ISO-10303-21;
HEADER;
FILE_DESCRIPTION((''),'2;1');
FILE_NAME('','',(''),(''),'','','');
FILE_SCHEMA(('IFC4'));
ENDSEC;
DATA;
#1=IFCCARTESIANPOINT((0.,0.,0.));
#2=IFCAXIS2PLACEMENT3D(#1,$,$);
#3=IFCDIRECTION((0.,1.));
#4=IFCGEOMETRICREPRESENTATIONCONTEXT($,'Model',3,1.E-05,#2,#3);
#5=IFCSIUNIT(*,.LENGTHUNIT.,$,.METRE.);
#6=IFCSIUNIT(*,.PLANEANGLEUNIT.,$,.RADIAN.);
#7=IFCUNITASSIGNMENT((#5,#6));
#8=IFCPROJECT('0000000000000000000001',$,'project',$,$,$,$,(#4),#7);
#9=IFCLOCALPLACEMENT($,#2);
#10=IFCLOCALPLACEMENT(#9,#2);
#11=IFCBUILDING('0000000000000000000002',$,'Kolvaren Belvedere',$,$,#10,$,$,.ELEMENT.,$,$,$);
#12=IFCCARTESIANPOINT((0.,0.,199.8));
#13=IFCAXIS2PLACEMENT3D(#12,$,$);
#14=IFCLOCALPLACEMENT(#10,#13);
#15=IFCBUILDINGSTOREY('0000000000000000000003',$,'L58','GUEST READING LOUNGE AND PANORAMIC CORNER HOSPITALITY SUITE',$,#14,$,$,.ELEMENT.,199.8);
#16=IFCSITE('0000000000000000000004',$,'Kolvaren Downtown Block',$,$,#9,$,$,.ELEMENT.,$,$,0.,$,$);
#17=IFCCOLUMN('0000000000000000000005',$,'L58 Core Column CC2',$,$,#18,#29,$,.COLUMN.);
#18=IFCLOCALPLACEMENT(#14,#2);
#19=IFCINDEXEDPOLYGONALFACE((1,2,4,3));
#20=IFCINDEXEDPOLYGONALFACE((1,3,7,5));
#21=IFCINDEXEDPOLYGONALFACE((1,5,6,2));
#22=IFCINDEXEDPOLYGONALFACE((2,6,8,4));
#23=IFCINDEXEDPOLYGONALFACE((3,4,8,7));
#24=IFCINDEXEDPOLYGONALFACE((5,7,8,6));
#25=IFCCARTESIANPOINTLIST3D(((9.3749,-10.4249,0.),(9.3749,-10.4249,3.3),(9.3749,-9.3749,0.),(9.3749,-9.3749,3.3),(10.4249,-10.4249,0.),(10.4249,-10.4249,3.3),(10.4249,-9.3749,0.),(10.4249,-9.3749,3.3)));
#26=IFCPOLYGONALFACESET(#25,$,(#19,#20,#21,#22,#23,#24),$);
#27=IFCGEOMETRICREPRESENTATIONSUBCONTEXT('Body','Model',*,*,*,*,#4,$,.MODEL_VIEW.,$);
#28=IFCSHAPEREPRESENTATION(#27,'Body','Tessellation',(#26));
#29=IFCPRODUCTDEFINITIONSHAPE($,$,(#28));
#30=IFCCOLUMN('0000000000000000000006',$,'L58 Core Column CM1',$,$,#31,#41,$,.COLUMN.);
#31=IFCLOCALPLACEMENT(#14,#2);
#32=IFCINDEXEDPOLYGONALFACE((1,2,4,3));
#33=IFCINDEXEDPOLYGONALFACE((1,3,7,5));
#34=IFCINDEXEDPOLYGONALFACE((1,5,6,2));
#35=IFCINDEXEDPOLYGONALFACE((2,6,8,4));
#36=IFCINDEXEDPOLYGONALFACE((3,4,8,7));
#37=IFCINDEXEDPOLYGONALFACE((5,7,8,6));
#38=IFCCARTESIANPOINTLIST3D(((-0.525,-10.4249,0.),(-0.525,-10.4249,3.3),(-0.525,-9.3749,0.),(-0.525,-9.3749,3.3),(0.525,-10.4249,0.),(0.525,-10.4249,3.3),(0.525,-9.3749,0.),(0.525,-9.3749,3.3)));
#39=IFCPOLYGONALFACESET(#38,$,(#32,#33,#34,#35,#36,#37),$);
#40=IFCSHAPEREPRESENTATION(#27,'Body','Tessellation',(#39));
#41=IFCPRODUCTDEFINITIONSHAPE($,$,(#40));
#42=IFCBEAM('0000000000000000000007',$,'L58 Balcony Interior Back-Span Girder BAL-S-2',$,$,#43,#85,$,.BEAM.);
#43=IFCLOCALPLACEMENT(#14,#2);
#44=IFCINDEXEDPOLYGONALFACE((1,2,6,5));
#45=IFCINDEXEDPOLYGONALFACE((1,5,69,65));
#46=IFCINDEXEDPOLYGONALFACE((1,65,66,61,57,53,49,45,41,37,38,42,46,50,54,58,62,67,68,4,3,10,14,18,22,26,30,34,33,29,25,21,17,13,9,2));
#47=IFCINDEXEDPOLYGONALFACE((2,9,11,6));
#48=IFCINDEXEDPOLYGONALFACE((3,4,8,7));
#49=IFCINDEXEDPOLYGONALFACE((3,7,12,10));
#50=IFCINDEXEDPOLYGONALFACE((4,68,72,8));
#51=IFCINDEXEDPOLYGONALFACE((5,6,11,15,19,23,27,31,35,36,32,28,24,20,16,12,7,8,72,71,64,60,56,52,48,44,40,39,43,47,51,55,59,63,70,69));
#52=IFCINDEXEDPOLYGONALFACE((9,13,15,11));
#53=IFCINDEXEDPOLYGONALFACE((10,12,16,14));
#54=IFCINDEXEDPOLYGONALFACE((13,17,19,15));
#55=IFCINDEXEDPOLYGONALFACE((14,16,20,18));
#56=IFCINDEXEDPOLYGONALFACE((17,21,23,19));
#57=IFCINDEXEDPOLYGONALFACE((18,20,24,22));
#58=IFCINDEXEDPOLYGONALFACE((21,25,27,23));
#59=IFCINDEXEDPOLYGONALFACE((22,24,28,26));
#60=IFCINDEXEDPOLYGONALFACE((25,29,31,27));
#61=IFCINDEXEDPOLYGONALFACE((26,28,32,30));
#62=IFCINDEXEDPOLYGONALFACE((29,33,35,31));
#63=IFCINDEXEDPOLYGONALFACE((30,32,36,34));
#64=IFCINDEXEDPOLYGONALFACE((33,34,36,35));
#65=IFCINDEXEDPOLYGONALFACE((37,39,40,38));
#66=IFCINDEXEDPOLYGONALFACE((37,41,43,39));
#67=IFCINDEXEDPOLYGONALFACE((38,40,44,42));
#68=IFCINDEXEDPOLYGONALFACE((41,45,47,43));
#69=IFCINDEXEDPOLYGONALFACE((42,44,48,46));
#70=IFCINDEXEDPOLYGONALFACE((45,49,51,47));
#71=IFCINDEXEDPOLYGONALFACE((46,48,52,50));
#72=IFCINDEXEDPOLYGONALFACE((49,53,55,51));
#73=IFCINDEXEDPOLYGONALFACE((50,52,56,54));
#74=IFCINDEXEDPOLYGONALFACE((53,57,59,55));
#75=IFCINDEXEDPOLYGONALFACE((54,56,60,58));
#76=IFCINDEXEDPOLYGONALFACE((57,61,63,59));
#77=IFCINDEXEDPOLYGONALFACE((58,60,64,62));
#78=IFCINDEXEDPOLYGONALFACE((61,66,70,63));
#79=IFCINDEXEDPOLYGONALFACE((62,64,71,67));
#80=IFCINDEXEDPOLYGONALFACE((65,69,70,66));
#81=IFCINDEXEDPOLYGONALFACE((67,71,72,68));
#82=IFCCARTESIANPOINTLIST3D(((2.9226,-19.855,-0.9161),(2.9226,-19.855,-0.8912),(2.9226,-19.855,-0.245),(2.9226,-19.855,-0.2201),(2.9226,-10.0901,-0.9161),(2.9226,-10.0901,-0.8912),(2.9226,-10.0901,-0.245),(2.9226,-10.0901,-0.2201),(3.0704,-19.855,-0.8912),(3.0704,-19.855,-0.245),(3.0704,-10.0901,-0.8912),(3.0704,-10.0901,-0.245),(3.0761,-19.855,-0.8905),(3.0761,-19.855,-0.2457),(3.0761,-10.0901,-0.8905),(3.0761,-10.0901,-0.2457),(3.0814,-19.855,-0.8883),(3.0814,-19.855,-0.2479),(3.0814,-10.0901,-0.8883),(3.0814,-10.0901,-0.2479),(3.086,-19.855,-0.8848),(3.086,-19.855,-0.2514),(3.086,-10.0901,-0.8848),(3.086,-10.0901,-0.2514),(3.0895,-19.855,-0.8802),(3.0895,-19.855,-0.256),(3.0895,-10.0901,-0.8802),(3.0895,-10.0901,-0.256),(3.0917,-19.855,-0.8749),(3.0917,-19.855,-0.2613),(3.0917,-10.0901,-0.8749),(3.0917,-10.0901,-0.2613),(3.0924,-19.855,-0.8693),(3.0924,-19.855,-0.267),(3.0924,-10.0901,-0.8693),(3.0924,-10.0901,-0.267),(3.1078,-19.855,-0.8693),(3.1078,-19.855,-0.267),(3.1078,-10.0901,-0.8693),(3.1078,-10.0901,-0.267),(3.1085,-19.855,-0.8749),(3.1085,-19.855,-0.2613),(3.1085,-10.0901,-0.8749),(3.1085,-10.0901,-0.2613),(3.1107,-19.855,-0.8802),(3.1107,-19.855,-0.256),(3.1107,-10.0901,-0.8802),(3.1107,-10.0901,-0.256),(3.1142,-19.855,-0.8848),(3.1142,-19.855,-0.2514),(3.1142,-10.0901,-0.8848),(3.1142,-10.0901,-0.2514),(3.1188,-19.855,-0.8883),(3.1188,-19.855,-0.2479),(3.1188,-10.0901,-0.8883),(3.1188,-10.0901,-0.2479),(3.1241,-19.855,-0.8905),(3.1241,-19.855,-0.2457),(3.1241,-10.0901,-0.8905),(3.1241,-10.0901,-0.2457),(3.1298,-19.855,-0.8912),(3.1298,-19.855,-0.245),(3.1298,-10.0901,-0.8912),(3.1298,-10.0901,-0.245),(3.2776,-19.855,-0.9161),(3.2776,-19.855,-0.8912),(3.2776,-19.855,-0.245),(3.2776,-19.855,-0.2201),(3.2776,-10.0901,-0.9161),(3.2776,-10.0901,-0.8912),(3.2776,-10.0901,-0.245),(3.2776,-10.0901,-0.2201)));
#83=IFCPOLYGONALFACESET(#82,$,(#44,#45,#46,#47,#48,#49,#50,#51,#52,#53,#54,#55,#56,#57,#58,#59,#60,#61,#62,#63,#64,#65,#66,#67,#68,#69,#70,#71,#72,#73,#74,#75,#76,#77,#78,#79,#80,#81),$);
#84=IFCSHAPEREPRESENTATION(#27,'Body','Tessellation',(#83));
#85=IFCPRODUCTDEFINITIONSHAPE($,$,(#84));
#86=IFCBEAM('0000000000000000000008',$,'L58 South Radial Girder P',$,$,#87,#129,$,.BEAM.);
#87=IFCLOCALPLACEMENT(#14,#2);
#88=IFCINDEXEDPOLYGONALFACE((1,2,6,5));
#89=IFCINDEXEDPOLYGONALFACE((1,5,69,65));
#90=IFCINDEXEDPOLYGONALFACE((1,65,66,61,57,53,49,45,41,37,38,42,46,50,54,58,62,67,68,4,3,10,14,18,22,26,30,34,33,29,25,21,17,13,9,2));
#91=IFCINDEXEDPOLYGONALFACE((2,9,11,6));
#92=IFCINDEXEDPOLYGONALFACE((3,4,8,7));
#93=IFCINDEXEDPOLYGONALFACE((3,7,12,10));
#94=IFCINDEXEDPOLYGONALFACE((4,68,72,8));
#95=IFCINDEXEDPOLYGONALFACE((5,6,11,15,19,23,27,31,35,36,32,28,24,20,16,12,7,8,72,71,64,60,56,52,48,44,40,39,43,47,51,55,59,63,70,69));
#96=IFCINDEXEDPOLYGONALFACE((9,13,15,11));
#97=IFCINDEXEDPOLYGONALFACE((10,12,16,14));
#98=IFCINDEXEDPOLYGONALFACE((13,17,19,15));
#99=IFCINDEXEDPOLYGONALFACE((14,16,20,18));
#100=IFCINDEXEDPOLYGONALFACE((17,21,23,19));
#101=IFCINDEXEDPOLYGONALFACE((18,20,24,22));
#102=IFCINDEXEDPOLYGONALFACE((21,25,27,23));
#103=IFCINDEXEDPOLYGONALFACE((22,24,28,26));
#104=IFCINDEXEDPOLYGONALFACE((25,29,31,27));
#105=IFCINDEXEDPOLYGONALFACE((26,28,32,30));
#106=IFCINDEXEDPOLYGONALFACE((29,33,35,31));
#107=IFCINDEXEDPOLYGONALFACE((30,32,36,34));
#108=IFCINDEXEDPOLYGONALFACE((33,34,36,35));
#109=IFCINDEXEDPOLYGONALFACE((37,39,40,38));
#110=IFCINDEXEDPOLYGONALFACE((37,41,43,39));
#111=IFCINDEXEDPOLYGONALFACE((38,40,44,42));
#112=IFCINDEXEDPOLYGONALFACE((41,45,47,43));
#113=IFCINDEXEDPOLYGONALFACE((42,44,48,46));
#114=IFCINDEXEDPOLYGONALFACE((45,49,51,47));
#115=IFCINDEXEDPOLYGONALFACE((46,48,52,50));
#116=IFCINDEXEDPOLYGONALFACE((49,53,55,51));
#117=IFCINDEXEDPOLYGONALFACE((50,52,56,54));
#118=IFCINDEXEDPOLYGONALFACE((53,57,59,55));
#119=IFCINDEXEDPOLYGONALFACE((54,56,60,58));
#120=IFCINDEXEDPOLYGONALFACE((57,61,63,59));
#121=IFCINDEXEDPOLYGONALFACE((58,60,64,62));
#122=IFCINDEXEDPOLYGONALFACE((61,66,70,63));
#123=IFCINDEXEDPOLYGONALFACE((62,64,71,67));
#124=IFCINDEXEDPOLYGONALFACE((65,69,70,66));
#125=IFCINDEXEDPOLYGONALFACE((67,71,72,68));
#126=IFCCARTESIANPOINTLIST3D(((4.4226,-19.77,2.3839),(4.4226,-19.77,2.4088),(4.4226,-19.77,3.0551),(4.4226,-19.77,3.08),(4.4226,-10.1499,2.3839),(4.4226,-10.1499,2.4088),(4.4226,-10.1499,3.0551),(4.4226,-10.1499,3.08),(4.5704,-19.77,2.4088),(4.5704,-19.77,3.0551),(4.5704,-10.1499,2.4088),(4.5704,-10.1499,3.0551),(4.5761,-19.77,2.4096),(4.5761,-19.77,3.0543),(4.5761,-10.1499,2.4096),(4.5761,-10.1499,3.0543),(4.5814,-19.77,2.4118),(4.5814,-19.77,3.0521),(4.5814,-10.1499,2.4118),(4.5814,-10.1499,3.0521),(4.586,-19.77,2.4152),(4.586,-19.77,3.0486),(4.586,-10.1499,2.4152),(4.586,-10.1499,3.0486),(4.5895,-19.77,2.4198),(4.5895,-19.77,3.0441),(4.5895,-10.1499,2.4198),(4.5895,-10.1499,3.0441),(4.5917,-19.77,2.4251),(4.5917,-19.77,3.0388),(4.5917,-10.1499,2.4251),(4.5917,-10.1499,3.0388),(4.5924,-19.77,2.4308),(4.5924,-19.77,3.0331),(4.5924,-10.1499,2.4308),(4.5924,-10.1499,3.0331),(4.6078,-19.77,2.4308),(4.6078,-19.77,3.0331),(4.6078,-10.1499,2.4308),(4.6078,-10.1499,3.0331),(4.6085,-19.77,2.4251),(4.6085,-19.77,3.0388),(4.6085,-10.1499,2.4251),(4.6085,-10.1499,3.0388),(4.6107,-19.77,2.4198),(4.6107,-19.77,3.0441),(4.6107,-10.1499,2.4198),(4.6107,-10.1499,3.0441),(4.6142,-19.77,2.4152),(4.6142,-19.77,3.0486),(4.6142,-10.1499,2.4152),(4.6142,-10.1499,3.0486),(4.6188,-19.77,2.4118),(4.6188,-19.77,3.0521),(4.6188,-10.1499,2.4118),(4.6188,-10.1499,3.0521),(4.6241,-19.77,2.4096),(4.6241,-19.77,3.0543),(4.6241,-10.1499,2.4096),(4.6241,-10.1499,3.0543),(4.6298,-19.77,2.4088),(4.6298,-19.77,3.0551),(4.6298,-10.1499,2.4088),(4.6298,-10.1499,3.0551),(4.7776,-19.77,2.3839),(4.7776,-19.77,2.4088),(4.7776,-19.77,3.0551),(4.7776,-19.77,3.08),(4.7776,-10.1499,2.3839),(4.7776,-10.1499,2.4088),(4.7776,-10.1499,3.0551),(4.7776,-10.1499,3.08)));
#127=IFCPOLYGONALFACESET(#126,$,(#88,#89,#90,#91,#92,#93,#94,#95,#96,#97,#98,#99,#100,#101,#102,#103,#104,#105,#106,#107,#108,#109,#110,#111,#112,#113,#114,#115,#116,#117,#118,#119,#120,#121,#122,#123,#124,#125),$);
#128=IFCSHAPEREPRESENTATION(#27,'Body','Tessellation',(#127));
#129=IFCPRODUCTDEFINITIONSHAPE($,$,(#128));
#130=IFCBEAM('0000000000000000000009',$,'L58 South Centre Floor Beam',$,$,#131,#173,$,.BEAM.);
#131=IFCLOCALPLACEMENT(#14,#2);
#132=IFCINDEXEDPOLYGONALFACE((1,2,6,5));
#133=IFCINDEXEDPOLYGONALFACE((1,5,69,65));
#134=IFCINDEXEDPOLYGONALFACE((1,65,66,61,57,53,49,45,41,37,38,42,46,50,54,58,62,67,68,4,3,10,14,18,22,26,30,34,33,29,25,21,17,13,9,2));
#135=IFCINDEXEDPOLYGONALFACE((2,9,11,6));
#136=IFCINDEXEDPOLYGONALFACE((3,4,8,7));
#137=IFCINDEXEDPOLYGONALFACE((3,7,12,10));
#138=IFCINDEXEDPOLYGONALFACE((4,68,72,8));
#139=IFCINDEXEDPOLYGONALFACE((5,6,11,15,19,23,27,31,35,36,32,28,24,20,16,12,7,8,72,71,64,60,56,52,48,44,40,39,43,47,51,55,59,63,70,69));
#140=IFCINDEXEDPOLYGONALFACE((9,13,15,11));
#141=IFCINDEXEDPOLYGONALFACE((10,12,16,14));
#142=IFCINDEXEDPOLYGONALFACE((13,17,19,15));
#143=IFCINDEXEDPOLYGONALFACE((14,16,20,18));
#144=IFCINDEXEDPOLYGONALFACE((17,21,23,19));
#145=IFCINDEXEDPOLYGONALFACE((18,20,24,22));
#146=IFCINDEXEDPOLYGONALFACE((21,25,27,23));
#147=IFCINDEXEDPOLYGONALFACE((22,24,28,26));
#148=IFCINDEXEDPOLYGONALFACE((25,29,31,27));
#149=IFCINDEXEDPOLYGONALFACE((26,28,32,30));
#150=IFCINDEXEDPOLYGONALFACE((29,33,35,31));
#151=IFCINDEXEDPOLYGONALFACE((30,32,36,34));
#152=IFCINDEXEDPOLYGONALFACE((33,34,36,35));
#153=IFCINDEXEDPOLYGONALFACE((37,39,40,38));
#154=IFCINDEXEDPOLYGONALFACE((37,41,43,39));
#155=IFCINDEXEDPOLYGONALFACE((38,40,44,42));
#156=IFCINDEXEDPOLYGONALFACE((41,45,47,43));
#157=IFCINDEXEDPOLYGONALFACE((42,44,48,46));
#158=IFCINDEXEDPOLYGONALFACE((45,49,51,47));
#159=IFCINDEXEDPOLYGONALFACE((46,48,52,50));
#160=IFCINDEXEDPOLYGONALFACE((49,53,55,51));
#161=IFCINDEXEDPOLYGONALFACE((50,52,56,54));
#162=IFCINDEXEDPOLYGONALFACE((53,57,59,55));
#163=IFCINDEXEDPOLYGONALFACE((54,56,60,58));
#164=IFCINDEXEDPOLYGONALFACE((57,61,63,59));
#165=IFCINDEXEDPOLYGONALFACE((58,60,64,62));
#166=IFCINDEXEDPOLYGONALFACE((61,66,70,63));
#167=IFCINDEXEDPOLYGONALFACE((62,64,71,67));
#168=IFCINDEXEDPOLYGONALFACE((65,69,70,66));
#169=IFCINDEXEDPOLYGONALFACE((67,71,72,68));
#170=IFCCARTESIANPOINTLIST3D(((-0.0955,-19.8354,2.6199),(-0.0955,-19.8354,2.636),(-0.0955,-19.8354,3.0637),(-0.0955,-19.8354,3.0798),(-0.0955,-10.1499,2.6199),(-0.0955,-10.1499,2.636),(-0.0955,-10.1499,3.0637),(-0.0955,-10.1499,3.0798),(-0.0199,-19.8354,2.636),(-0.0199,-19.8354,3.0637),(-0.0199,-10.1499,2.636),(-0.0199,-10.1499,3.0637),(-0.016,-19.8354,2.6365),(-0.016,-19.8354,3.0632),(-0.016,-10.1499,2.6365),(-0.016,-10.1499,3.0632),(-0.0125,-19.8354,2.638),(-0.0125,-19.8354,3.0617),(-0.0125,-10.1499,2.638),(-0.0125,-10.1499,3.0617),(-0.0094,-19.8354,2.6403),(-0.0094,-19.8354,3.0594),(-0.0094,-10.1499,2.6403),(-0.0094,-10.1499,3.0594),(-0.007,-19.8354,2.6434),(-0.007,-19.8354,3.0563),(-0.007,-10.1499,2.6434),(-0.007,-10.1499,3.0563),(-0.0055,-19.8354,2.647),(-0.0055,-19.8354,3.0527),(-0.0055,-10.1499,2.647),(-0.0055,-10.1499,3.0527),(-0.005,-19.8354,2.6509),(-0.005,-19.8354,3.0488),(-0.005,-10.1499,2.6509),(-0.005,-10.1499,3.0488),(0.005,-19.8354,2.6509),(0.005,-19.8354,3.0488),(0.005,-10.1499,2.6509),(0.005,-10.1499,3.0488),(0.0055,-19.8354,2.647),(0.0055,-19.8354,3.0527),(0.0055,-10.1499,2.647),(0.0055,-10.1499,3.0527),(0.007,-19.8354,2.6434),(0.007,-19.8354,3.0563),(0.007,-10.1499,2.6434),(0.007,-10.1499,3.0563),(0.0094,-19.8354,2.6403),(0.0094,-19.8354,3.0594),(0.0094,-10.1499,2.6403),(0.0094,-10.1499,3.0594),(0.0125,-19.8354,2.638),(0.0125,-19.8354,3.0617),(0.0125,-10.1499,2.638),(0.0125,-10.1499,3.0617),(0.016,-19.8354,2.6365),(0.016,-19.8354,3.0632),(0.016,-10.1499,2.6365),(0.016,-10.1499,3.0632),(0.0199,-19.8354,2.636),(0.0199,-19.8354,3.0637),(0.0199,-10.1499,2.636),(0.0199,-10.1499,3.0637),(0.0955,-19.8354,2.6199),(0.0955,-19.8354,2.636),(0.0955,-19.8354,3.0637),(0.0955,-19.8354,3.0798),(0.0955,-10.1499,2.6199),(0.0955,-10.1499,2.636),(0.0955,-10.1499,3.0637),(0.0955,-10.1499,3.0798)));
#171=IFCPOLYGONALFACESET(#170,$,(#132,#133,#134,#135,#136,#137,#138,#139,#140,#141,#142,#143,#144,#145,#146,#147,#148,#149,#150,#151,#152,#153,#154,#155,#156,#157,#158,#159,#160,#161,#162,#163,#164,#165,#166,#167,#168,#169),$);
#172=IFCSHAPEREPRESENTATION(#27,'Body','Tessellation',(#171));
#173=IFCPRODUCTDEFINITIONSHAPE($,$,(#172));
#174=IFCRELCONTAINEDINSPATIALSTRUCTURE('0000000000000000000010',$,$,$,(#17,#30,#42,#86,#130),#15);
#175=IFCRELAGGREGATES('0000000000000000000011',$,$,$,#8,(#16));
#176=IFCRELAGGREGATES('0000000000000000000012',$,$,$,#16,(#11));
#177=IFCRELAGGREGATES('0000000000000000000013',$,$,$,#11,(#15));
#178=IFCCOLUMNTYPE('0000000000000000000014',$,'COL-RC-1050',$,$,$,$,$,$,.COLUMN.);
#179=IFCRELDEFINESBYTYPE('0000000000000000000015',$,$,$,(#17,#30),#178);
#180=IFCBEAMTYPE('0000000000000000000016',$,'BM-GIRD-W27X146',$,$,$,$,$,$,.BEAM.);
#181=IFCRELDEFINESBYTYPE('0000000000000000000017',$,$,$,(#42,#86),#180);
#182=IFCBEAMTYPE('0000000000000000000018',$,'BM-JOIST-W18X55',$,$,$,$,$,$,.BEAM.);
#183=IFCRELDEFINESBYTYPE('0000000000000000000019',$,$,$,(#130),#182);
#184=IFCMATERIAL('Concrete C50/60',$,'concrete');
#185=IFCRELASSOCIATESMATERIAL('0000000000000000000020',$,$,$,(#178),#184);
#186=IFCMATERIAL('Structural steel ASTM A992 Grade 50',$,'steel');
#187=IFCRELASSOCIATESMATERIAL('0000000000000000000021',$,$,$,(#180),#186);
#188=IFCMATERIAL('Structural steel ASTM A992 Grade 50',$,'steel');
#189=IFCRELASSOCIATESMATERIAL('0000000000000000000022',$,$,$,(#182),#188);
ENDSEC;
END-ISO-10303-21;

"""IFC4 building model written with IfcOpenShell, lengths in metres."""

from ifc_helpers import new_model, si_unit, direction, frame, origin, origin_2d, place, context, subcontext, project, spatial, rectangle, i_section, extrude, material, material_profile, profile_set, type_object, element, save


model = new_model("IFC4")

# Units and contexts
model_context = context("Model", 3, precision=1e-05, world=origin(), true_north=direction((0.0, 1.0)))
body_context = subcontext(model_context, "Body", "Model", "MODEL_VIEW")
ifc_project = project(units=[si_unit("LENGTHUNIT", "METRE"), si_unit("PLANEANGLEUNIT", "RADIAN")], contexts=[model_context])

# Site, building, storey
site_placement = place(None, origin())
site = spatial("IfcSite", under=ifc_project, at=site_placement, Name="Kolvaren Downtown Block", CompositionType="ELEMENT", RefElevation=0.0)
building_placement = place(site_placement, origin())
building = spatial("IfcBuilding", under=site, at=building_placement, Name="Kolvaren Belvedere", CompositionType="ELEMENT")
storey_placement = place(building_placement, frame((0.0, 0.0, 199.8)))
storey = spatial("IfcBuildingStorey", under=building, at=storey_placement, Name="L58", Description="GUEST READING LOUNGE AND PANORAMIC CORNER HOSPITALITY SUITE", CompositionType="ELEMENT", Elevation=199.8)

# Columns
ifc_material_1 = material(Name="Concrete C50/60", Category="concrete")
ifc_material_profile_1 = material_profile(ifc_material_1, rectangle(XDim=1.05, YDim=1.05, at=origin_2d()), Name="RC 1050X1050")
ifc_profile_set_1 = profile_set([ifc_material_profile_1], Name="Concrete C50/60")
column_type = type_object("IfcColumnType", Name="COL-RC-1050", PredefinedType="COLUMN", material=ifc_profile_set_1)
for number, where, z_axis, x_axis, name in (
    (1, (9.8999, -9.8999, 0.0), (0.0, 0.0, 1.0), (1.0, 0.0, 0.0), "L58 Core Column CC2"),
    (2, (0.0, -9.8999, 0.0), (0.0, 0.0, 1.0), (1.0, 0.0, 0.0), "L58 Core Column CM1"),
):
    element("IfcColumn", number, at=place(storey_placement, frame(where, z_axis=z_axis, x_axis=x_axis)), inside=storey, type_object=column_type, Name=name, PredefinedType="COLUMN", context=body_context, shape_type="SweptSolid", body=[
        extrude(rectangle(XDim=1.05, YDim=1.05, at=origin_2d()), origin(), (0.0, 0.0, 1.0), 3.3),
    ])

# Beams
ifc_material_2 = material(Name="Structural steel ASTM A992 Grade 50", Category="steel")
ifc_material_profile_2 = material_profile(ifc_material_2, i_section(OverallWidth=0.355, OverallDepth=0.696, WebThickness=0.0154, FlangeThickness=0.0249, FilletRadius=0.022, at=origin_2d()), Name="W27X146")
ifc_profile_set_2 = profile_set([ifc_material_profile_2], Name="Structural steel ASTM A992 Grade 50")
beam_type_1 = type_object("IfcBeamType", Name="BM-GIRD-W27X146", PredefinedType="BEAM", material=ifc_profile_set_2)
beam_1_placement = place(storey_placement, frame((3.1001, -10.0901, -0.5681), z_axis=(0.0, -1.0, 0.0), x_axis=(1.0, 0.0, 0.0)))
element("IfcBeam", 3, at=beam_1_placement, inside=storey, type_object=beam_type_1, Name="L58 Balcony Interior Back-Span Girder BAL-S-2", PredefinedType="BEAM", context=body_context, shape_type="SweptSolid", body=[
    extrude(i_section(OverallWidth=0.355, OverallDepth=0.696, WebThickness=0.0154, FlangeThickness=0.0249, FilletRadius=0.022, at=origin_2d()), origin(), (0.0, 0.0, 1.0), 9.7649),
])
beam_2_placement = place(storey_placement, frame((4.6001, -10.1499, 2.7319), z_axis=(0.0, -1.0, 0.0), x_axis=(1.0, 0.0, 0.0)))
element("IfcBeam", 4, at=beam_2_placement, inside=storey, type_object=beam_type_1, Name="L58 South Radial Girder P", PredefinedType="BEAM", context=body_context, shape_type="SweptSolid", body=[
    extrude(i_section(OverallWidth=0.355, OverallDepth=0.696, WebThickness=0.0154, FlangeThickness=0.0249, FilletRadius=0.022, at=origin_2d()), origin(), (0.0, 0.0, 1.0), 9.6201),
])
ifc_material_3 = material(Name="Structural steel ASTM A992 Grade 50", Category="steel")
ifc_material_profile_3 = material_profile(ifc_material_3, i_section(OverallWidth=0.1909, OverallDepth=0.46, WebThickness=0.01, FlangeThickness=0.0161, FilletRadius=0.0149, at=origin_2d()), Name="W18X55")
ifc_profile_set_3 = profile_set([ifc_material_profile_3], Name="Structural steel ASTM A992 Grade 50")
beam_type_2 = type_object("IfcBeamType", Name="BM-JOIST-W18X55", PredefinedType="BEAM", material=ifc_profile_set_3)
beam_3_placement = place(storey_placement, frame((0.0, -10.1499, 2.8499), z_axis=(0.0, -1.0, 0.0), x_axis=(1.0, 0.0, 0.0)))
element("IfcBeam", 5, at=beam_3_placement, inside=storey, type_object=beam_type_2, Name="L58 South Centre Floor Beam", PredefinedType="BEAM", context=body_context, shape_type="SweptSolid", body=[
    extrude(i_section(OverallWidth=0.1909, OverallDepth=0.46, WebThickness=0.01, FlangeThickness=0.0161, FilletRadius=0.0149, at=origin_2d()), origin(), (0.0, 0.0, 1.0), 9.6855),
])

save(model, "model.ifc")
